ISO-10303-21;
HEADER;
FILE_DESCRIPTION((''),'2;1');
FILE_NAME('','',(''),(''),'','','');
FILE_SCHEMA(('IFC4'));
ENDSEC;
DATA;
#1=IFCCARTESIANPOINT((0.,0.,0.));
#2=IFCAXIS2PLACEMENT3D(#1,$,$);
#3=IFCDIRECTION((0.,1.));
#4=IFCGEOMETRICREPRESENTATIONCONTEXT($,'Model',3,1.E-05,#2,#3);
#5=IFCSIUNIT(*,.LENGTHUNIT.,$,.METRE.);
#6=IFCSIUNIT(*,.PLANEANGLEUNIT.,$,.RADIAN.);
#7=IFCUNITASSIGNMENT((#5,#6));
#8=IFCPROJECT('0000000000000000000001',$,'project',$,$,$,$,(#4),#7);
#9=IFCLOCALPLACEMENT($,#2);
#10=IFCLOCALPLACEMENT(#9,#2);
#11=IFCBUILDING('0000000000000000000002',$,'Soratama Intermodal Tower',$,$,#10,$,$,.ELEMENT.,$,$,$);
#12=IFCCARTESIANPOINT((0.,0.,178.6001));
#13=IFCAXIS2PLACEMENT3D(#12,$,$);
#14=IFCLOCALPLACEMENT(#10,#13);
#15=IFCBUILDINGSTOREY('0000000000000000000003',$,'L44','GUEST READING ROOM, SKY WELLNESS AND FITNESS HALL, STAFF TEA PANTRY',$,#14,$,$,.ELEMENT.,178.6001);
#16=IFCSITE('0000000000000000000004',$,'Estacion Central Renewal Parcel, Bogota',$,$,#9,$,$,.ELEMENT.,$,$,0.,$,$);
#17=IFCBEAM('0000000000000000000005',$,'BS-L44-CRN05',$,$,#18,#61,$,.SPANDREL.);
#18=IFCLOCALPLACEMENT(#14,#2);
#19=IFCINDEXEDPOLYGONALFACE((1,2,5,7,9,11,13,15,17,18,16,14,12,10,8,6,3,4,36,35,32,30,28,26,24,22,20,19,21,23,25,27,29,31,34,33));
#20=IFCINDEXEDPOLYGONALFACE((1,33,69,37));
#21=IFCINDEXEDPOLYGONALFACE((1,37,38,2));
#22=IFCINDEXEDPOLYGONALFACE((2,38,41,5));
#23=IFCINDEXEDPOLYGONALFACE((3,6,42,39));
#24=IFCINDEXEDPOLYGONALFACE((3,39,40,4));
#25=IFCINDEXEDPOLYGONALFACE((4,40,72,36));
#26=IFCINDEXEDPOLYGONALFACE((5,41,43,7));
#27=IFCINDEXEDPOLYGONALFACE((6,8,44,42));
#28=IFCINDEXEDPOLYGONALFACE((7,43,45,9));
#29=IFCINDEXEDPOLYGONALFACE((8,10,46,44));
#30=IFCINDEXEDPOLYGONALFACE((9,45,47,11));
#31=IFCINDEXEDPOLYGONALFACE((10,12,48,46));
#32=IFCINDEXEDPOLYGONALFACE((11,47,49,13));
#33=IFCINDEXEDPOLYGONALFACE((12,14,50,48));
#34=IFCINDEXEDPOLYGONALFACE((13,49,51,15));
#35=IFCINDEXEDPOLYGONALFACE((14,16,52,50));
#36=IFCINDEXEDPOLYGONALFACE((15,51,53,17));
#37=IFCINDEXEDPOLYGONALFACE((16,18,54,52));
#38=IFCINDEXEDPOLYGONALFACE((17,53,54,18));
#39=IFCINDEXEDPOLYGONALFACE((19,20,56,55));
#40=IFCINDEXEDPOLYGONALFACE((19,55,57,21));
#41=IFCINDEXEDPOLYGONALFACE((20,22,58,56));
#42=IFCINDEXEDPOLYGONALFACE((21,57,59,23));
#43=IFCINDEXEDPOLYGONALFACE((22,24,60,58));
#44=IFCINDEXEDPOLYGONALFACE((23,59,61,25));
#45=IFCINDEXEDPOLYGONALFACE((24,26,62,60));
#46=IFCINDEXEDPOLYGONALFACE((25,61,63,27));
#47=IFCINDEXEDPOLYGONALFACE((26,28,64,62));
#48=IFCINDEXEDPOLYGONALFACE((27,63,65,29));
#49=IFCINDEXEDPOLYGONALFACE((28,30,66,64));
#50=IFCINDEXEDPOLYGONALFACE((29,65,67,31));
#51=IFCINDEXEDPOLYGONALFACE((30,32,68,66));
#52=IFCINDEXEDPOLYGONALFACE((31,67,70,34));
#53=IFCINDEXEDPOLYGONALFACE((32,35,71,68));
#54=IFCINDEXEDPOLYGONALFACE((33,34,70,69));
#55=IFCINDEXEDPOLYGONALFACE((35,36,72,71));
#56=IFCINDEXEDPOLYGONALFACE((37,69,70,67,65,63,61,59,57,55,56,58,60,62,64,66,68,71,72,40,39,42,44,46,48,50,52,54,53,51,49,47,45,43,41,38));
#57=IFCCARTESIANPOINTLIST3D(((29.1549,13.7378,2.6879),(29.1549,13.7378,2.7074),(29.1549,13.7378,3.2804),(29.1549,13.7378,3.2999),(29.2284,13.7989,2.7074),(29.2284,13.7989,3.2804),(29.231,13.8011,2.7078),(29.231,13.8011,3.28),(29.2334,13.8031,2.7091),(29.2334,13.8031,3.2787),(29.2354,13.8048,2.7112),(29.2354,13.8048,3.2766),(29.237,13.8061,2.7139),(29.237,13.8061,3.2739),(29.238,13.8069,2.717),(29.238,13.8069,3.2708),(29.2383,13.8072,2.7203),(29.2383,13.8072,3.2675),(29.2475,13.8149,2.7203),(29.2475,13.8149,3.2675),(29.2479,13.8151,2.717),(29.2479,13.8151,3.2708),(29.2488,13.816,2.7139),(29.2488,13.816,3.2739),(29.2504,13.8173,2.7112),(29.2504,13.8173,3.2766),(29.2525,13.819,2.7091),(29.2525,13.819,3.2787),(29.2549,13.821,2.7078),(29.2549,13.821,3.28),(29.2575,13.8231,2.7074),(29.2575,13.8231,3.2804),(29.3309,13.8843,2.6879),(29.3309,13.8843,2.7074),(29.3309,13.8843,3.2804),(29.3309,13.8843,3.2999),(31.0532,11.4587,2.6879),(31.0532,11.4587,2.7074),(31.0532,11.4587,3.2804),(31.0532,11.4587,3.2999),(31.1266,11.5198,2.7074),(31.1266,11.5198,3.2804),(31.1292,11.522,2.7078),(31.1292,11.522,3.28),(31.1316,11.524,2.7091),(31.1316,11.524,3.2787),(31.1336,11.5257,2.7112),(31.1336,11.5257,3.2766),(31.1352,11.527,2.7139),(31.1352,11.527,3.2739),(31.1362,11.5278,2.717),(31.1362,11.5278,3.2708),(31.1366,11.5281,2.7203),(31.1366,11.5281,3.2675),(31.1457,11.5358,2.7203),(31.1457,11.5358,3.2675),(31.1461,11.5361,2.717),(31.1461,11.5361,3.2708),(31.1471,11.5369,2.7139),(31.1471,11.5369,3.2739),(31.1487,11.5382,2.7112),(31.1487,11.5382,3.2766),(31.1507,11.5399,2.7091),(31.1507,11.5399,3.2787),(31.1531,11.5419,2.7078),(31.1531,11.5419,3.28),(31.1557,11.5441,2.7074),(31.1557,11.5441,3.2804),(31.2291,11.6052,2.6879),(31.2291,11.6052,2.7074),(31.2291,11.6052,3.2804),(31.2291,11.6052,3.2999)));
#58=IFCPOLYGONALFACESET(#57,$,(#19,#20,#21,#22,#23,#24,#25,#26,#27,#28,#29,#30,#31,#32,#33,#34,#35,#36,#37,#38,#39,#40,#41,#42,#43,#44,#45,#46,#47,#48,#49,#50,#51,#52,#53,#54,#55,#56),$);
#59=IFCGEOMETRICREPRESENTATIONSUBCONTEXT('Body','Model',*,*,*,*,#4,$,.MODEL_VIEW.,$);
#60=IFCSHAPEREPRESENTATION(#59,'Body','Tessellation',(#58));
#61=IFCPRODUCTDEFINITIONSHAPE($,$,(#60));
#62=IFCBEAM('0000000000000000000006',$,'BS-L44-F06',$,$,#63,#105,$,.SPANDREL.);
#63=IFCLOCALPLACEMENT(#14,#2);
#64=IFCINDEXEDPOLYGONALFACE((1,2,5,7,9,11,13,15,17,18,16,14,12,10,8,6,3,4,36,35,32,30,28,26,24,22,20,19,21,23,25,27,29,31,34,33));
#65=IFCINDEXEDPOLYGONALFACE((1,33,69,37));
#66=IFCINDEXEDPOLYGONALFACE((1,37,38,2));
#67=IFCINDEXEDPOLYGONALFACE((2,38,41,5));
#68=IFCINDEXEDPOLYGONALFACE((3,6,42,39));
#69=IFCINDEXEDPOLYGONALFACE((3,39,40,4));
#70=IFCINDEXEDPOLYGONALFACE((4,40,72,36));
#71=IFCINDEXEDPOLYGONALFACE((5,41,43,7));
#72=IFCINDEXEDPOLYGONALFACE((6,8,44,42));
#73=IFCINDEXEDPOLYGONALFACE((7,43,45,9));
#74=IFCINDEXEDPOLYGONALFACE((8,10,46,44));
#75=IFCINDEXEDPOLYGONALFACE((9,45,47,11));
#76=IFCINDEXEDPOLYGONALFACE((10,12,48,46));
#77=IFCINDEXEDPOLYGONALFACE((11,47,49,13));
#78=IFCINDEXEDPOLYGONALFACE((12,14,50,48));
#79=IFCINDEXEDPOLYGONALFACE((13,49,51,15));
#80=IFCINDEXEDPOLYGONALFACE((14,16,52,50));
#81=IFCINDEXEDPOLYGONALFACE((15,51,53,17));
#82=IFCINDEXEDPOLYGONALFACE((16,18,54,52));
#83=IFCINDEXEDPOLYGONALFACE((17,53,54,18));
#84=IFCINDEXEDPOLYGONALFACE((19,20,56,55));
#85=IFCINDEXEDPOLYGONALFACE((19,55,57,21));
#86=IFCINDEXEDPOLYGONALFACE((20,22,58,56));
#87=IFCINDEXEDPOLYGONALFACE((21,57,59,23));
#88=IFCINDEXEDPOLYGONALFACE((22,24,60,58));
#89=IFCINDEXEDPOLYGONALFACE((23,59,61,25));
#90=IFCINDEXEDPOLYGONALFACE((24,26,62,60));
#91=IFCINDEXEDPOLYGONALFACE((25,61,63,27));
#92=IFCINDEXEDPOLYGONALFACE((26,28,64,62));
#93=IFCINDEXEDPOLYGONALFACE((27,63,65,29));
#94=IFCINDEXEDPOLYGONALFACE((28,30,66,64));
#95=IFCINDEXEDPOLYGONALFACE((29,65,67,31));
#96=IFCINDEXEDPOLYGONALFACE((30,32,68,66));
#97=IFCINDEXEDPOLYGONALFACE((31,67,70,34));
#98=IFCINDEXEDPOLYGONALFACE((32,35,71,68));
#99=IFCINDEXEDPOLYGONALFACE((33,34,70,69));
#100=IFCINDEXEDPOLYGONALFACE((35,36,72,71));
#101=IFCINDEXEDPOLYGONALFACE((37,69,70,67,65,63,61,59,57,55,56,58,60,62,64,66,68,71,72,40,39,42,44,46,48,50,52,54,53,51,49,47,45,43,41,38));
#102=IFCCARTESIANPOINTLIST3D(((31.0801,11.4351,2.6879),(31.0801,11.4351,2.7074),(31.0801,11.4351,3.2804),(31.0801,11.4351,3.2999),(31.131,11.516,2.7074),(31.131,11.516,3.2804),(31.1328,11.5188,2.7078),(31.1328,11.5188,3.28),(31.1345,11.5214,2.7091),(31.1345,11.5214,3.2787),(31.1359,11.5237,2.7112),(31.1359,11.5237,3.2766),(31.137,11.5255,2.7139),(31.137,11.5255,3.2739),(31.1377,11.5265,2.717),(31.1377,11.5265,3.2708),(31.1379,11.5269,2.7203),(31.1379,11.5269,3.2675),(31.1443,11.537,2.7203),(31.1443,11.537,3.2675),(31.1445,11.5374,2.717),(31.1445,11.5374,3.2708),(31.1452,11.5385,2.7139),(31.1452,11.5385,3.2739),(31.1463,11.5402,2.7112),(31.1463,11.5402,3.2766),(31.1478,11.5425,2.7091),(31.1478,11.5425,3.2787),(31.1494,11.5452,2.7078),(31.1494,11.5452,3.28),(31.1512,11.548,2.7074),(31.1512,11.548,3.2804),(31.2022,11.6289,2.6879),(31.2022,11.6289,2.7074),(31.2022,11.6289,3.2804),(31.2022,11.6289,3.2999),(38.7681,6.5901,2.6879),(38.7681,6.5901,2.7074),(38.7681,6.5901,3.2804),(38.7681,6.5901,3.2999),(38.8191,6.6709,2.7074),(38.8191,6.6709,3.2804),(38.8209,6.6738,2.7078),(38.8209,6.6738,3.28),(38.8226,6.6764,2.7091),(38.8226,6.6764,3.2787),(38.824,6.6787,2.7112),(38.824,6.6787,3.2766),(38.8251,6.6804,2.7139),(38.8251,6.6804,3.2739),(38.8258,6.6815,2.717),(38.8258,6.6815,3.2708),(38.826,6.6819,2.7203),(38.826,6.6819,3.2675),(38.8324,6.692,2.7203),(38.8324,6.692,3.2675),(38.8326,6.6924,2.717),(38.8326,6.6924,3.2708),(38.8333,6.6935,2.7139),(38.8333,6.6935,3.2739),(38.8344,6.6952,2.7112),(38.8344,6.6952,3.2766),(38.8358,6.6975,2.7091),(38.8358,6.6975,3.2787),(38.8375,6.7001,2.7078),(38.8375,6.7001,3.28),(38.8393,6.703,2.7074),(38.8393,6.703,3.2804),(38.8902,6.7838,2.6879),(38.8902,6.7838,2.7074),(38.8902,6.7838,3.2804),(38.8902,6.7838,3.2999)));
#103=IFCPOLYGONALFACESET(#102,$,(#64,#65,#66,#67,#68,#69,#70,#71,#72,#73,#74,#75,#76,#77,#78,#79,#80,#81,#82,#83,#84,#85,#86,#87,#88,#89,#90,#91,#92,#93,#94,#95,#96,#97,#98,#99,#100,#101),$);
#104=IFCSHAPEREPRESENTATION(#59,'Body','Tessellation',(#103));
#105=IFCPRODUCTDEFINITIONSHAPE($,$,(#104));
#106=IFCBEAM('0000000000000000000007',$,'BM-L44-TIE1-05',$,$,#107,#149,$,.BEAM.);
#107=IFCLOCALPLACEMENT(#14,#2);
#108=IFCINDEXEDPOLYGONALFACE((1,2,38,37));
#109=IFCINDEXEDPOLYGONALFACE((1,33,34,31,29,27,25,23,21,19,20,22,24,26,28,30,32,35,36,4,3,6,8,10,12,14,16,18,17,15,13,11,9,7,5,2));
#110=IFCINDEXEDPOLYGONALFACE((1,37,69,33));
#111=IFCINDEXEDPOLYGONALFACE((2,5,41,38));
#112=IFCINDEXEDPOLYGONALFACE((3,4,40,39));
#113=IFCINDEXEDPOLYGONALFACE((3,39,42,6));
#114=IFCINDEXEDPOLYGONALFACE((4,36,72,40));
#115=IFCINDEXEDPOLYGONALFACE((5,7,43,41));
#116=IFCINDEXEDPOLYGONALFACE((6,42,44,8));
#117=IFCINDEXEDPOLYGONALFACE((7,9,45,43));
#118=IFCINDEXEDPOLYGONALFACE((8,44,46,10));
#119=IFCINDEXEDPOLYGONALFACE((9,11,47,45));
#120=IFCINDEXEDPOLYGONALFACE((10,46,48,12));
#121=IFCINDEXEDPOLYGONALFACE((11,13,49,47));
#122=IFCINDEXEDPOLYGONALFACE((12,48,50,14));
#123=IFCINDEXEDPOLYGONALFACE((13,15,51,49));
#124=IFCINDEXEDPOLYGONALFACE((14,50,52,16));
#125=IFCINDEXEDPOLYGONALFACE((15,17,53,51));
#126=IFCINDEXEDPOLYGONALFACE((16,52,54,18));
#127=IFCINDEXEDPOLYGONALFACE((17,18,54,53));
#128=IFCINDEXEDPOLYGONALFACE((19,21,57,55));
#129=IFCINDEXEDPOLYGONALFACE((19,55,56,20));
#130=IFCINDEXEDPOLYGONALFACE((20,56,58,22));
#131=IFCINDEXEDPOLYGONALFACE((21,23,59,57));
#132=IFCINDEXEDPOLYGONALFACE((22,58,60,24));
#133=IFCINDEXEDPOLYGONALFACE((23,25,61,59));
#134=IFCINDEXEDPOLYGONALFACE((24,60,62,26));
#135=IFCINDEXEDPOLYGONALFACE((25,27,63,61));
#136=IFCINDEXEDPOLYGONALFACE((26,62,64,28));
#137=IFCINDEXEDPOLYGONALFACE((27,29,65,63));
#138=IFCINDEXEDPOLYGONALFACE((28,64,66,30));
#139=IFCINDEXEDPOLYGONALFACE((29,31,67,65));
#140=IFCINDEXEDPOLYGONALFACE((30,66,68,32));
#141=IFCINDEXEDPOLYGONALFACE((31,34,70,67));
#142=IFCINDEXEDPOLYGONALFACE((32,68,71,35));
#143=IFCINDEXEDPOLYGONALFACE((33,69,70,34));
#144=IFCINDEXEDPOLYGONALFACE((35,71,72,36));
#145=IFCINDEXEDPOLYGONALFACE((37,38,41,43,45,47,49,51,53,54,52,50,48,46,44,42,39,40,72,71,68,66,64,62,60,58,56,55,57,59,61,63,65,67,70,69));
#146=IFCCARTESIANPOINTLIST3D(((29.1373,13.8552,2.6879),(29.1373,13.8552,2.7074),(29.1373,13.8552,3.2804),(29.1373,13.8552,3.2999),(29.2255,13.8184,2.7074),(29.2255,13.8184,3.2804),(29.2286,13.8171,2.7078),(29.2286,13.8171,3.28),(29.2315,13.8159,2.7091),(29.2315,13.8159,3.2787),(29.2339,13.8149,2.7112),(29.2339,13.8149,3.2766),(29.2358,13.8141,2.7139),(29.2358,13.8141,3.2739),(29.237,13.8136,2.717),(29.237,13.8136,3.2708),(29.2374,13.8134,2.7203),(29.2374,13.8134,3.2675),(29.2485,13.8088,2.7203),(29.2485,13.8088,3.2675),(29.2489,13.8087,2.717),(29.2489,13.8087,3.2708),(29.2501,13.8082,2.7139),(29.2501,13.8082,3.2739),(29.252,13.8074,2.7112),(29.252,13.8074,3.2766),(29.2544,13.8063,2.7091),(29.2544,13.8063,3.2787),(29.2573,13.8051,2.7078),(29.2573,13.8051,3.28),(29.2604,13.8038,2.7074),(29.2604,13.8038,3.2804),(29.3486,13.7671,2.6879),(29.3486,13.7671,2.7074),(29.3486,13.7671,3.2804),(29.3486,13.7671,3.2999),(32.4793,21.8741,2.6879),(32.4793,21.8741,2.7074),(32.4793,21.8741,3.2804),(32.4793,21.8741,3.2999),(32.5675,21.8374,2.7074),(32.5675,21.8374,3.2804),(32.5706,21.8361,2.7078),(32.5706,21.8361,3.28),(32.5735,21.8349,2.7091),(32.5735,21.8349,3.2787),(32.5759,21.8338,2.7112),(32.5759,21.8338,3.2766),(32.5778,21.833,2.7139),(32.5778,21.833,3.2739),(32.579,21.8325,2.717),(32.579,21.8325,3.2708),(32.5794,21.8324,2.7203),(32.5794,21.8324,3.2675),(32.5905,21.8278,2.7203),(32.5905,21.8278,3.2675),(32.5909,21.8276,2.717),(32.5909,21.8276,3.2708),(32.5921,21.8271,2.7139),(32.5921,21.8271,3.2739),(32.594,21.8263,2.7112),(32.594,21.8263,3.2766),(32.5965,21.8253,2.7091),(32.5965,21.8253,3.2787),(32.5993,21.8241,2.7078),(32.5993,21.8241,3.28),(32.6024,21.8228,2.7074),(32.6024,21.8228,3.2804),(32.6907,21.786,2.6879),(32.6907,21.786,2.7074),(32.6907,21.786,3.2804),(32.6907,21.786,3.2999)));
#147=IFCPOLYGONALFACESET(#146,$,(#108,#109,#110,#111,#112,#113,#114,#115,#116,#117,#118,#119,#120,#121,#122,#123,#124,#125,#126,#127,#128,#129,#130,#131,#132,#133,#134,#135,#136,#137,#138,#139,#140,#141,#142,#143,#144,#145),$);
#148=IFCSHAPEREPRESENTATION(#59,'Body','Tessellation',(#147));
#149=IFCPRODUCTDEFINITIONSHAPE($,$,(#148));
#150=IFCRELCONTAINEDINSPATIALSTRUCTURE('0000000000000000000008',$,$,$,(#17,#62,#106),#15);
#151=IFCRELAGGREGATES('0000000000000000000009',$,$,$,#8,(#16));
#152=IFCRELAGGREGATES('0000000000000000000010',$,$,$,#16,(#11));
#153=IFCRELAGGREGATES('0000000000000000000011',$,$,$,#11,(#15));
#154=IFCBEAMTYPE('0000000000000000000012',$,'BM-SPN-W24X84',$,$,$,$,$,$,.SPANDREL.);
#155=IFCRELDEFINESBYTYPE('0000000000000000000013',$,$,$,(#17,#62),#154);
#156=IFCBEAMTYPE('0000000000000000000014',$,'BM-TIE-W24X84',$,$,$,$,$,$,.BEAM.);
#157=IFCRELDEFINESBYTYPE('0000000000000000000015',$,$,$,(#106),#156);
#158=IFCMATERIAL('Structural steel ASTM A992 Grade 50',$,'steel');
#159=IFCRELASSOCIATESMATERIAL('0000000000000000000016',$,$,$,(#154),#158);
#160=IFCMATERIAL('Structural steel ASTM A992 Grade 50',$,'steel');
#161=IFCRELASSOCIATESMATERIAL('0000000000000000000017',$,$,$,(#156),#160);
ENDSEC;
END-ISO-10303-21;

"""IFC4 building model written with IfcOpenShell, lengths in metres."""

from ifc_helpers import new_model, si_unit, direction, frame, origin, origin_2d, place, context, subcontext, project, spatial, i_section, extrude, material, material_profile, profile_set, type_object, element, save


model = new_model("IFC4")

# Units and contexts
model_context = context("Model", 3, precision=1e-05, world=origin(), true_north=direction((0.0, 1.0)))
body_context = subcontext(model_context, "Body", "Model", "MODEL_VIEW")
ifc_project = project(units=[si_unit("LENGTHUNIT", "METRE"), si_unit("PLANEANGLEUNIT", "RADIAN")], contexts=[model_context])

# Site, building, storey
site_placement = place(None, origin())
site = spatial("IfcSite", under=ifc_project, at=site_placement, Name="Estacion Central Renewal Parcel, Bogota", CompositionType="ELEMENT", RefElevation=0.0)
building_placement = place(site_placement, origin())
building = spatial("IfcBuilding", under=site, at=building_placement, Name="Soratama Intermodal Tower", CompositionType="ELEMENT")
storey_placement = place(building_placement, frame((0.0, 0.0, 178.6001)))
storey = spatial("IfcBuildingStorey", under=building, at=storey_placement, Name="L44", Description="GUEST READING ROOM, SKY WELLNESS AND FITNESS HALL, STAFF TEA PANTRY", CompositionType="ELEMENT", Elevation=178.6001)

# Beams
ifc_material_1 = material(Name="Structural steel ASTM A992 Grade 50", Category="steel")
ifc_material_profile_1 = material_profile(ifc_material_1, i_section(OverallWidth=0.229, OverallDepth=0.6121, WebThickness=0.012, FlangeThickness=0.0195, FilletRadius=0.0129, at=origin_2d()), Name="W24X84")
ifc_profile_set_1 = profile_set([ifc_material_profile_1], Name="Structural steel ASTM A992 Grade 50")
beam_type_1 = type_object("IfcBeamType", Name="BM-SPN-W24X84", PredefinedType="SPANDREL", material=ifc_profile_set_1)
beam_1_placement = place(storey_placement, frame((29.2429, 13.811, 2.9939), z_axis=(0.639982, -0.76839, 0.0), x_axis=(0.76839, 0.639982, 0.0)))
element("IfcBeam", 1, at=beam_1_placement, inside=storey, type_object=beam_type_1, Name="BS-L44-CRN05", PredefinedType="SPANDREL", context=body_context, shape_type="SweptSolid", body=[
    extrude(i_section(OverallWidth=0.229, OverallDepth=0.6121, WebThickness=0.012, FlangeThickness=0.0195, FilletRadius=0.0129, at=origin_2d()), origin(), (0.0, 0.0, 1.0), 2.9661),
])
beam_2_placement = place(storey_placement, frame((31.1411, 11.532, 2.9939), z_axis=(0.846015, -0.533159, 0.0), x_axis=(0.533159, 0.846015, 0.0)))
element("IfcBeam", 2, at=beam_2_placement, inside=storey, type_object=beam_type_1, Name="BS-L44-F06", PredefinedType="SPANDREL", context=body_context, shape_type="SweptSolid", body=[
    extrude(i_section(OverallWidth=0.229, OverallDepth=0.6121, WebThickness=0.012, FlangeThickness=0.0195, FilletRadius=0.0129, at=origin_2d()), origin(), (0.0, 0.0, 1.0), 9.0874),
])
ifc_material_2 = material(Name="Structural steel ASTM A992 Grade 50", Category="steel")
ifc_material_profile_2 = material_profile(ifc_material_2, i_section(OverallWidth=0.229, OverallDepth=0.6121, WebThickness=0.012, FlangeThickness=0.0195, FilletRadius=0.0129, at=origin_2d()), Name="W24X84")
ifc_profile_set_2 = profile_set([ifc_material_profile_2], Name="Structural steel ASTM A992 Grade 50")
beam_type_2 = type_object("IfcBeamType", Name="BM-TIE-W24X84", PredefinedType="BEAM", material=ifc_profile_set_2)
beam_3_placement = place(storey_placement, frame((32.585, 21.8301, 2.9939), z_axis=(-0.384691, -0.923045, 0.0), x_axis=(0.923045, -0.384691, 0.0)))
element("IfcBeam", 3, at=beam_3_placement, inside=storey, type_object=beam_type_2, Name="BM-L44-TIE1-05", PredefinedType="BEAM", context=body_context, shape_type="SweptSolid", body=[
    extrude(i_section(OverallWidth=0.229, OverallDepth=0.6121, WebThickness=0.012, FlangeThickness=0.0195, FilletRadius=0.0129, at=origin_2d()), origin(), (0.0, 0.0, 1.0), 8.6875),
])

save(model, "model.ifc")
